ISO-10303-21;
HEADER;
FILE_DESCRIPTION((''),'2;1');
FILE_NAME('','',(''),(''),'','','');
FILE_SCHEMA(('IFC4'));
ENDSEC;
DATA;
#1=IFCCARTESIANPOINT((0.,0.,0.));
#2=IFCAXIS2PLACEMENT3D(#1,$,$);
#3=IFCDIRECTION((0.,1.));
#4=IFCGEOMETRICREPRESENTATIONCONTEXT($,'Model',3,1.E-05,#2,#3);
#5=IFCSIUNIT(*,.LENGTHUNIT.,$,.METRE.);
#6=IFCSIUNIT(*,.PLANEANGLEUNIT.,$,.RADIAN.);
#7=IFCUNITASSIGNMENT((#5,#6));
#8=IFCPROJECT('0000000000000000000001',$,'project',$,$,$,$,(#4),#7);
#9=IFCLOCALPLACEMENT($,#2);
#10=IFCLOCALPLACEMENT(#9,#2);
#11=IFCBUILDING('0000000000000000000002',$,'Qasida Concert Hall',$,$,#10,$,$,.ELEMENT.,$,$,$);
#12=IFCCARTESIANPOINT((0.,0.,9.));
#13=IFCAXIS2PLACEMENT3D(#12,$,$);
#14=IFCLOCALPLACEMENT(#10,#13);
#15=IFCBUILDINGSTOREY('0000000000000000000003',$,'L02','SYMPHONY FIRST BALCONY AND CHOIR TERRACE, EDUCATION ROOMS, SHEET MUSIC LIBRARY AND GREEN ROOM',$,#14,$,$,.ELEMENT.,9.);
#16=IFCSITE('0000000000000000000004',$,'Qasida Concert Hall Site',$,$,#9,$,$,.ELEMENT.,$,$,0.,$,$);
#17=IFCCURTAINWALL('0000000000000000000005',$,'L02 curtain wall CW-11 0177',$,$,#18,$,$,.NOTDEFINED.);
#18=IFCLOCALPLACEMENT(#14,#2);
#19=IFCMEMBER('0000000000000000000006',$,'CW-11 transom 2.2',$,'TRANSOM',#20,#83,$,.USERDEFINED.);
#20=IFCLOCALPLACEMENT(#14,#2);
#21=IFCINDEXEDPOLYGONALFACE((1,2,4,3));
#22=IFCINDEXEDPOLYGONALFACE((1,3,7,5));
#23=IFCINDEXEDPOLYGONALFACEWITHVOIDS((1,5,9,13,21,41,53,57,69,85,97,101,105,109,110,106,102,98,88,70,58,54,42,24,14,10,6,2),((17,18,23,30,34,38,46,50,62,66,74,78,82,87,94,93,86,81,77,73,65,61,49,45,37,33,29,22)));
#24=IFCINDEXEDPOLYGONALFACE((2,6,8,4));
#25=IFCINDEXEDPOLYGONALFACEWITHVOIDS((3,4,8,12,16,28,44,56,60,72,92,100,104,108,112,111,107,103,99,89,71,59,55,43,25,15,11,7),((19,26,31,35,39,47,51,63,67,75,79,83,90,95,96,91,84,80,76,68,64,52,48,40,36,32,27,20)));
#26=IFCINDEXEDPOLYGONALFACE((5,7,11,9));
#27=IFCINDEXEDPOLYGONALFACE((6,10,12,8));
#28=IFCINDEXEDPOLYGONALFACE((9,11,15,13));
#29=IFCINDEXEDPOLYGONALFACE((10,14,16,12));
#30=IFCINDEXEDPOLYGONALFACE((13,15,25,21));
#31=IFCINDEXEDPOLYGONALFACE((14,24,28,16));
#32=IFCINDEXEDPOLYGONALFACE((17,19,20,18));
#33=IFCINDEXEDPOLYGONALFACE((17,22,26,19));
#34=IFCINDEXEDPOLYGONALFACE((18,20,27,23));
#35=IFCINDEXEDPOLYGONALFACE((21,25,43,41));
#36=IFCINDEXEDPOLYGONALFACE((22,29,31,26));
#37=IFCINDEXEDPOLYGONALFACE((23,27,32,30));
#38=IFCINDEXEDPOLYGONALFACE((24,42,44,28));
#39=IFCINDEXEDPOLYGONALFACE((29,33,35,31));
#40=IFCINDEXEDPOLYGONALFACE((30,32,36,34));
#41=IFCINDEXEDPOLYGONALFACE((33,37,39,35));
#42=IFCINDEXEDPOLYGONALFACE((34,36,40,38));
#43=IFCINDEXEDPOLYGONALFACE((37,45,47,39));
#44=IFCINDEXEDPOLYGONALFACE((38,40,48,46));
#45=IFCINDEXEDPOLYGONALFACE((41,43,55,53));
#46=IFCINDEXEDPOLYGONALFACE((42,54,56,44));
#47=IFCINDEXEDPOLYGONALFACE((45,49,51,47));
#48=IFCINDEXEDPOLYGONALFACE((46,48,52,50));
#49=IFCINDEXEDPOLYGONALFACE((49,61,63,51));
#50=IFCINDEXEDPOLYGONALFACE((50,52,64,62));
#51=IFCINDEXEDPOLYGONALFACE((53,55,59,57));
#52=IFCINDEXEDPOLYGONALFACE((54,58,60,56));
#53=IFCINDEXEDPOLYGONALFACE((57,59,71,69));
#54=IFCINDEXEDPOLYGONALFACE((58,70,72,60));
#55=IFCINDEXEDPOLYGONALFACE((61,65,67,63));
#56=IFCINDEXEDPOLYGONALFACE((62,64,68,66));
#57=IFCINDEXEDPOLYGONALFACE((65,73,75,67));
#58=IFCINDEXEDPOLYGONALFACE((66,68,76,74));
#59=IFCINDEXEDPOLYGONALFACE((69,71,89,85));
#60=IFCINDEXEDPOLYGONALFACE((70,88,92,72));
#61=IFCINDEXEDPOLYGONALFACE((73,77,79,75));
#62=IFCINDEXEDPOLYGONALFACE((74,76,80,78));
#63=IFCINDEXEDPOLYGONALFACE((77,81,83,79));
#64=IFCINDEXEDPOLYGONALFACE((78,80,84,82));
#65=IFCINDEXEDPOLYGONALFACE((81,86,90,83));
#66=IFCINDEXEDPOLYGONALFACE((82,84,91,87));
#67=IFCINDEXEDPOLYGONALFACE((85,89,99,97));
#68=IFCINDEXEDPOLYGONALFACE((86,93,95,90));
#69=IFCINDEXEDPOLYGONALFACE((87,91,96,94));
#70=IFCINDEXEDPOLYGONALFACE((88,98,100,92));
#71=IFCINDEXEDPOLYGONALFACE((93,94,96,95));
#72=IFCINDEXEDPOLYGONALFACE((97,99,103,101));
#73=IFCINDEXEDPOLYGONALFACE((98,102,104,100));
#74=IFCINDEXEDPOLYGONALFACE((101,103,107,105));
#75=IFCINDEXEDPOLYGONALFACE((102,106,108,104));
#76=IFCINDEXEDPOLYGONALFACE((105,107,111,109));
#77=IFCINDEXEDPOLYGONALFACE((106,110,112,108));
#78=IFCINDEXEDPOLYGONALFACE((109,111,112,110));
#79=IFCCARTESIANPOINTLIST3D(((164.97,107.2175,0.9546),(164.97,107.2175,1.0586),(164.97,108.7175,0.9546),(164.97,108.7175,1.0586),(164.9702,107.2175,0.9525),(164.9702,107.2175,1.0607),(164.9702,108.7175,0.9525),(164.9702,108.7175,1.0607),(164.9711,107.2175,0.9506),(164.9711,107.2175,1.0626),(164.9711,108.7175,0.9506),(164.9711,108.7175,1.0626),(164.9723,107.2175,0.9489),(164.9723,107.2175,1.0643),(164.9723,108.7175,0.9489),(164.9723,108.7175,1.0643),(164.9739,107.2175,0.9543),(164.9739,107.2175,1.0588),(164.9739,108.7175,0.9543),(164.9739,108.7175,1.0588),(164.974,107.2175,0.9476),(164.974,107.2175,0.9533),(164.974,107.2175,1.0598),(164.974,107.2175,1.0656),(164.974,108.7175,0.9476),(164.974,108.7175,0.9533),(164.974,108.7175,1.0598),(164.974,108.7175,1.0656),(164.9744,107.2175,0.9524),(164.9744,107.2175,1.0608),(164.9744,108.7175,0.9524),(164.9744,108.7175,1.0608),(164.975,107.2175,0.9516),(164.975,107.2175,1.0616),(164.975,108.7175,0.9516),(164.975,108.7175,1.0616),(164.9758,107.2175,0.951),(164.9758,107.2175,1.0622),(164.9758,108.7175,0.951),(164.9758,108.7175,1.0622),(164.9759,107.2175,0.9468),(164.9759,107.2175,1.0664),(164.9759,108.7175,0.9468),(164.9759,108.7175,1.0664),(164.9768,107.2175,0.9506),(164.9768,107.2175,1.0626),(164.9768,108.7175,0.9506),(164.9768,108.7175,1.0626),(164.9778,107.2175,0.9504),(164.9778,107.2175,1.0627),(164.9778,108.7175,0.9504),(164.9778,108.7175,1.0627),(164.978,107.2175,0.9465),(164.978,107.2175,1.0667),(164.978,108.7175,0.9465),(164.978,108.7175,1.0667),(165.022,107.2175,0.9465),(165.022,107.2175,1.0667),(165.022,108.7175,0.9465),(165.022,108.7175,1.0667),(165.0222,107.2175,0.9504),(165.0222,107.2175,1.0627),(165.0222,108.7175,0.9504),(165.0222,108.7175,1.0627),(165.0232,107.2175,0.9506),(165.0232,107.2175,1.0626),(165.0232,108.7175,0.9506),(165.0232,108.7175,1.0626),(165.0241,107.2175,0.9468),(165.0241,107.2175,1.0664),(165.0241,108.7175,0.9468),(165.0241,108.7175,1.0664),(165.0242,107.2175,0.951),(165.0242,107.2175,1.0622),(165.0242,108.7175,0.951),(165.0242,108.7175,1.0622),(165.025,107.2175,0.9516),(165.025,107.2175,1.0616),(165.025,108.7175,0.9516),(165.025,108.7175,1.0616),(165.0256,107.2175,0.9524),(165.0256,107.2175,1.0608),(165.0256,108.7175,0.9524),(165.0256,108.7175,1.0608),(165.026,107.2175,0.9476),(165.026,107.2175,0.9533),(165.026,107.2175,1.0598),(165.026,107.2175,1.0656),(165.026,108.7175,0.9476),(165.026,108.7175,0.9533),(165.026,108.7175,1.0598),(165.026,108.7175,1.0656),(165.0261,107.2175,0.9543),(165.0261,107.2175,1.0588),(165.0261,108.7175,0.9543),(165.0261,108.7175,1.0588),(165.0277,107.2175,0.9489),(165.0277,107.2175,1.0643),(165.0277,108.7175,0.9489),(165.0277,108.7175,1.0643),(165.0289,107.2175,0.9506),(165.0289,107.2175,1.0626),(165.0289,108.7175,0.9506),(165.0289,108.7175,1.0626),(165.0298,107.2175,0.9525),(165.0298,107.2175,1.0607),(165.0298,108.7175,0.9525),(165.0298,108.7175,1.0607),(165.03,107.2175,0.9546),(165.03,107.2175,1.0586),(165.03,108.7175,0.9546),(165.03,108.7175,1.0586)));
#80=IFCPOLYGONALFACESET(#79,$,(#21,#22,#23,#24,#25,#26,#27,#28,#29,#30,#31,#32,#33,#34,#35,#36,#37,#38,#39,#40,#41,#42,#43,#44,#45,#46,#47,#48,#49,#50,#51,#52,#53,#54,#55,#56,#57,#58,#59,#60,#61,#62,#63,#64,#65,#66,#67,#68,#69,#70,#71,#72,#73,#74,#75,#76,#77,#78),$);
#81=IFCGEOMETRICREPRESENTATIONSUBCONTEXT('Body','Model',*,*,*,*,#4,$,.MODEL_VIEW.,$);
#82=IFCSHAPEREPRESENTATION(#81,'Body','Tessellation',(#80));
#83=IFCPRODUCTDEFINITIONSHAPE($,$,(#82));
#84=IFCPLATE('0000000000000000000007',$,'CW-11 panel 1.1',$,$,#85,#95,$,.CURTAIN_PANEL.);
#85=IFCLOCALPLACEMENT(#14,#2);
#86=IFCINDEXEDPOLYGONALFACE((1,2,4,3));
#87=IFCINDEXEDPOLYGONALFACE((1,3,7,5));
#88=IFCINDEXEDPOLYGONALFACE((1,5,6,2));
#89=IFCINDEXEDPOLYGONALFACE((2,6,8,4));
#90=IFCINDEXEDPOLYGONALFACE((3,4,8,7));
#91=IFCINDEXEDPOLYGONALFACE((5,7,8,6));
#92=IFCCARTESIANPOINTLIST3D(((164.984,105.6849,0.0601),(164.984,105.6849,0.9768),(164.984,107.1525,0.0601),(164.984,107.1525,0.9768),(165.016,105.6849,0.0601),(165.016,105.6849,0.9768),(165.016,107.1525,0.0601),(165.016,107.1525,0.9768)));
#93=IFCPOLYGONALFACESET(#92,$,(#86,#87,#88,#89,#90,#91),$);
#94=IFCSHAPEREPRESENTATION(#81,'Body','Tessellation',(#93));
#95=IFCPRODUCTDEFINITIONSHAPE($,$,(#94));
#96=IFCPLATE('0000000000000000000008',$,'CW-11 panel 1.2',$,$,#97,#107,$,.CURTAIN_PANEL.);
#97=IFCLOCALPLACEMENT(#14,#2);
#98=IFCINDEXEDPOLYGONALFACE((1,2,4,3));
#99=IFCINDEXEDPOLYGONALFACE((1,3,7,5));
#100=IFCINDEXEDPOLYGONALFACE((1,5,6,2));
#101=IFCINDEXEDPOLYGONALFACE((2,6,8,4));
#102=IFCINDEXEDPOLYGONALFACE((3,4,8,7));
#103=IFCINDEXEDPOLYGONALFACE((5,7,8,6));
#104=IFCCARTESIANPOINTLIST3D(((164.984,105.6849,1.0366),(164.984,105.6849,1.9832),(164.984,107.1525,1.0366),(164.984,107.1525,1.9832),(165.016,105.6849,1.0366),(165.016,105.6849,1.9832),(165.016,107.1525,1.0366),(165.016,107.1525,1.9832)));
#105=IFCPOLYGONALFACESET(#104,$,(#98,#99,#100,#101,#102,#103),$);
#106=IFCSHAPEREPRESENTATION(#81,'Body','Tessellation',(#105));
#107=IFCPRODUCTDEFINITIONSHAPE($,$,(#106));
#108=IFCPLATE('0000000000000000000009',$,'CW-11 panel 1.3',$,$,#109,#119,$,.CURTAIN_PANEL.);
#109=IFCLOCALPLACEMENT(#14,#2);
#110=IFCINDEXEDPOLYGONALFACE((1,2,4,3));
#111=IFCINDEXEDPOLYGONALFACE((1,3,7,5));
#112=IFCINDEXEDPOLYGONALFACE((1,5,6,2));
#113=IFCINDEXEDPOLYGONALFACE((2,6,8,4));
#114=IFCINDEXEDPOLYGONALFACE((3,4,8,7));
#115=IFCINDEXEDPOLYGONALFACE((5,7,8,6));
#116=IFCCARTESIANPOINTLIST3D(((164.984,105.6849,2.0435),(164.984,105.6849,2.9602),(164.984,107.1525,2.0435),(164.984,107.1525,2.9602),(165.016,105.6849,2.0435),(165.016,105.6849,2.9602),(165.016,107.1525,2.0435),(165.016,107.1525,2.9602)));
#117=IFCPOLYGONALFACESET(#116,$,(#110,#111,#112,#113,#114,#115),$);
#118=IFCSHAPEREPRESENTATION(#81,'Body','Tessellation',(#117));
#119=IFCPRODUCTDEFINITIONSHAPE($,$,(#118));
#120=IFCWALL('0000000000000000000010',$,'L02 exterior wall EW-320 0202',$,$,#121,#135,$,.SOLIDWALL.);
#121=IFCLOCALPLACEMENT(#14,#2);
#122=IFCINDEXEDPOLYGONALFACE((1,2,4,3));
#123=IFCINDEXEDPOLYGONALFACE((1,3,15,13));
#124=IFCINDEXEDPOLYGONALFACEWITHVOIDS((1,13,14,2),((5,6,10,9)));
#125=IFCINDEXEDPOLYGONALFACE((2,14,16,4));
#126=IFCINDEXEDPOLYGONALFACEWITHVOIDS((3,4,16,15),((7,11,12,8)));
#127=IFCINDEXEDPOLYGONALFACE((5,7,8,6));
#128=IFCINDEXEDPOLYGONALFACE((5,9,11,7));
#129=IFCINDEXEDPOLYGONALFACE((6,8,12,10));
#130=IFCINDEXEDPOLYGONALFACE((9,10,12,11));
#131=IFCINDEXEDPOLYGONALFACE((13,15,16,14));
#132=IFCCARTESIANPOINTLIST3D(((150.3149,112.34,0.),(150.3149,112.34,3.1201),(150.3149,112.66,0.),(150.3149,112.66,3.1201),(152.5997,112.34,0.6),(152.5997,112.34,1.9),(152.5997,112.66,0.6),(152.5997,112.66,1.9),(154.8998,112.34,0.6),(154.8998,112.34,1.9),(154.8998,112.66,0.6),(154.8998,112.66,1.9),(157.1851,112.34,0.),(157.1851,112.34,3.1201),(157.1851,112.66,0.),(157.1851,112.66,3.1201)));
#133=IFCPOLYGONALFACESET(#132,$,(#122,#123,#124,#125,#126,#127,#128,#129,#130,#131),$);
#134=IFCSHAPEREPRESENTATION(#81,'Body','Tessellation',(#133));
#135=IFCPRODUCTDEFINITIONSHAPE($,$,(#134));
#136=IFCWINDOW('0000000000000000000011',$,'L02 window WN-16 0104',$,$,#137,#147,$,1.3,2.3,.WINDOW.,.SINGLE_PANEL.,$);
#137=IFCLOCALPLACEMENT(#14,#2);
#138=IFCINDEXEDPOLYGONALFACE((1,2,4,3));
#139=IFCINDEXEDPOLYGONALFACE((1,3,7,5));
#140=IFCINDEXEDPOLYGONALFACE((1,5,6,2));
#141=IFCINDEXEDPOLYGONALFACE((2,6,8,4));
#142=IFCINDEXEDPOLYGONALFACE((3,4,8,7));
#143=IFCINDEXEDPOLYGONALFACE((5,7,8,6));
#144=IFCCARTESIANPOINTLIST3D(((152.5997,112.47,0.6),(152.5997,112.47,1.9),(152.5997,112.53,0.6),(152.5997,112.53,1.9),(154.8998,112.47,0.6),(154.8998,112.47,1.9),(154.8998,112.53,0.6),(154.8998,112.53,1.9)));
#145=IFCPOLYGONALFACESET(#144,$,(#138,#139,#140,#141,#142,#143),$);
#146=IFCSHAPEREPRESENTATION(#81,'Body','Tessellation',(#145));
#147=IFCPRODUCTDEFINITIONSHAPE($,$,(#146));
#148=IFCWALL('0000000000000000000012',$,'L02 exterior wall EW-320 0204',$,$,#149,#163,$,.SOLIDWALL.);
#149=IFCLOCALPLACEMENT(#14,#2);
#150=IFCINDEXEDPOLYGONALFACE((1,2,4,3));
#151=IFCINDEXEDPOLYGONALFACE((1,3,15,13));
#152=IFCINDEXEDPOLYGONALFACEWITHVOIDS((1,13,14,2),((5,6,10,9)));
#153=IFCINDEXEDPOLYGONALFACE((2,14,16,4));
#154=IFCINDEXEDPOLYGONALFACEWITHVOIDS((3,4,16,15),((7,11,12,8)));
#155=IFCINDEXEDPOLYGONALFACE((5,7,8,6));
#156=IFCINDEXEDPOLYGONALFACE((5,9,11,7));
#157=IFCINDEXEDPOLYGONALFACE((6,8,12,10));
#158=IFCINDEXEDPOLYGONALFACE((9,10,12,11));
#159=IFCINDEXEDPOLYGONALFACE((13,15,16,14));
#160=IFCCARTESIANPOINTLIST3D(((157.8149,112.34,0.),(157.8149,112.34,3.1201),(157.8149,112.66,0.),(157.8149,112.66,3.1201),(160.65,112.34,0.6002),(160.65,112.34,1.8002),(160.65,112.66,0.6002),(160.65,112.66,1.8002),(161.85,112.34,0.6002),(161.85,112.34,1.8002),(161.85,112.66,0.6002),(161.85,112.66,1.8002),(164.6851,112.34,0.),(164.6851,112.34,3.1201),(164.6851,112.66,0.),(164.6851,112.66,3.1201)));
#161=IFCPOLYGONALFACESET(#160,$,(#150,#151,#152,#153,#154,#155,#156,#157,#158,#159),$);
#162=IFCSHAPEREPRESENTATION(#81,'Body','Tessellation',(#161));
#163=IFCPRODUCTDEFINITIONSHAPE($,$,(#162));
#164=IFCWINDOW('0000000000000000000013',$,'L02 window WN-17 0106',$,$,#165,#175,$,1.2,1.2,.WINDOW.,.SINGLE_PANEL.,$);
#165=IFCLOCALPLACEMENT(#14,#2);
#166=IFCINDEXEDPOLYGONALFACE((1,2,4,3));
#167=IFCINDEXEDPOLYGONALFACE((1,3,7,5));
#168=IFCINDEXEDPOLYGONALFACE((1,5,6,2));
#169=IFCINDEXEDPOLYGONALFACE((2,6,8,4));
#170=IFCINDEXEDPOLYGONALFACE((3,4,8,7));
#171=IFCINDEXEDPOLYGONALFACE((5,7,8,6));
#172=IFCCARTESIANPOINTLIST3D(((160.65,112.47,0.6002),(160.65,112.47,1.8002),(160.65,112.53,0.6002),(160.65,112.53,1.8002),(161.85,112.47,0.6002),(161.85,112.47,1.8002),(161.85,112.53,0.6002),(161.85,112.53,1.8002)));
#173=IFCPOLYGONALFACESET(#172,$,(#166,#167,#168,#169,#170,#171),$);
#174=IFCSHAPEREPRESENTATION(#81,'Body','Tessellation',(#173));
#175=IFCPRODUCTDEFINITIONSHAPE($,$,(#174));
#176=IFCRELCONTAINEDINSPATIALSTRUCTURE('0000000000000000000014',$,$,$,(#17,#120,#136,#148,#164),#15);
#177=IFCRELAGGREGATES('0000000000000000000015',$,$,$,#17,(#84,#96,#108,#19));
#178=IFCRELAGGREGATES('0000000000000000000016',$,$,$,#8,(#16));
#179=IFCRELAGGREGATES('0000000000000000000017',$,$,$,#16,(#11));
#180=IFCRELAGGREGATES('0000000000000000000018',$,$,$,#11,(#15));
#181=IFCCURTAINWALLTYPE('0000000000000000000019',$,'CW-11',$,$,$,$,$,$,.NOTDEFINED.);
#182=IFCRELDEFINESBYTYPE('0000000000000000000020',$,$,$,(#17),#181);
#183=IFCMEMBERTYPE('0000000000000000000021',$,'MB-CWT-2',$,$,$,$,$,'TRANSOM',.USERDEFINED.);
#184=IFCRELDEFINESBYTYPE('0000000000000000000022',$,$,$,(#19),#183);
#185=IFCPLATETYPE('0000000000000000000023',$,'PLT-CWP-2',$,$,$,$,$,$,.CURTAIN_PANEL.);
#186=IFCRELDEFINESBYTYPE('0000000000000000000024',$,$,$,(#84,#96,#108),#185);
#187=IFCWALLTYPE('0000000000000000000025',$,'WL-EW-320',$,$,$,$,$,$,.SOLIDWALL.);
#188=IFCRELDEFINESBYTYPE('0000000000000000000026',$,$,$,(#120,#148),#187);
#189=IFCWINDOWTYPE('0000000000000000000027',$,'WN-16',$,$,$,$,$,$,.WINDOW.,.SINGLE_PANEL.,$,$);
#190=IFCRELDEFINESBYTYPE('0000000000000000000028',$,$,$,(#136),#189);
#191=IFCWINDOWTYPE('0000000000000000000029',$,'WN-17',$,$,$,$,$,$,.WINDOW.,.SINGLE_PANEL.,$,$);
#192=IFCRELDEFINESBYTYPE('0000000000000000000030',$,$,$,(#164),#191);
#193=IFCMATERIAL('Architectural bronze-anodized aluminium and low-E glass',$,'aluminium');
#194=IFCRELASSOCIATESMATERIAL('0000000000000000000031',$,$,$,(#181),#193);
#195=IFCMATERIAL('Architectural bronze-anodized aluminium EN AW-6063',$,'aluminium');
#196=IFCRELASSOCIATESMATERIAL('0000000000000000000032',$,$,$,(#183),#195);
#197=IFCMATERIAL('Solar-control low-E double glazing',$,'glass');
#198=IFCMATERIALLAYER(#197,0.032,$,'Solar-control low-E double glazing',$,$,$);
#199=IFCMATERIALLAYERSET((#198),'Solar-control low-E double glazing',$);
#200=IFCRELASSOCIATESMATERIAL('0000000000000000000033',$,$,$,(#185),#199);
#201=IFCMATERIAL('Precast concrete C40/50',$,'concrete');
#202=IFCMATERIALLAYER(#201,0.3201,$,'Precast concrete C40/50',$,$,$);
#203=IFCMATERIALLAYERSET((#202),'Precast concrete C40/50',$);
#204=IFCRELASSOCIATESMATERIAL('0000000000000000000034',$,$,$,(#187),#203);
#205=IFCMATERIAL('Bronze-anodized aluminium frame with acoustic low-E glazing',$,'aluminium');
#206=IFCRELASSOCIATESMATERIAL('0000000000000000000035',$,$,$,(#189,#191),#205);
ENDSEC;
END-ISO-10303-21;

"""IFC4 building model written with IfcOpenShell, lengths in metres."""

from ifc_helpers import new_model, si_unit, direction, frame, frame_2d, origin, origin_2d, place, context, subcontext, project, spatial, rectangle, hollow_rectangle, extrude, material, layer, layer_set, material_profile, profile_set, type_object, element, fill, aggregate, save


model = new_model("IFC4")

# Units and contexts
model_context = context("Model", 3, precision=1e-05, world=origin(), true_north=direction((0.0, 1.0)))
body_context = subcontext(model_context, "Body", "Model", "MODEL_VIEW")
ifc_project = project(units=[si_unit("LENGTHUNIT", "METRE"), si_unit("PLANEANGLEUNIT", "RADIAN")], contexts=[model_context])

# Site, building, storey
site_placement = place(None, origin())
site = spatial("IfcSite", under=ifc_project, at=site_placement, Name="Qasida Concert Hall Site", CompositionType="ELEMENT", RefElevation=0.0)
building_placement = place(site_placement, origin())
building = spatial("IfcBuilding", under=site, at=building_placement, Name="Qasida Concert Hall", CompositionType="ELEMENT")
storey_placement = place(building_placement, frame((0.0, 0.0, 9.0)))
storey = spatial("IfcBuildingStorey", under=building, at=storey_placement, Name="L02", Description="SYMPHONY FIRST BALCONY AND CHOIR TERRACE, EDUCATION ROOMS, SHEET MUSIC LIBRARY AND GREEN ROOM", CompositionType="ELEMENT", Elevation=9.0)

# Curtain wall, member, plates
ifc_material_1 = material(Name="Architectural bronze-anodized aluminium and low-E glass", Category="aluminium")
curtain_wall_type = type_object("IfcCurtainWallType", Name="CW-11", PredefinedType="NOTDEFINED", material=ifc_material_1)
curtain_wall_placement = place(storey_placement, origin())
curtain_wall = element("IfcCurtainWall", 1, at=curtain_wall_placement, inside=storey, type_object=curtain_wall_type, Name="L02 curtain wall CW-11 0177", PredefinedType="NOTDEFINED")
ifc_material_2 = material(Name="Architectural bronze-anodized aluminium EN AW-6063", Category="aluminium")
ifc_material_profile_1 = material_profile(ifc_material_2, hollow_rectangle(XDim=0.0601, YDim=0.1201, WallThickness=0.0039, InnerFilletRadius=0.0039, OuterFilletRadius=0.0081, at=origin_2d()), Name="CWT 120x60x4")
ifc_profile_set_1 = profile_set([ifc_material_profile_1], Name="Architectural bronze-anodized aluminium EN AW-6063")
member_type_1 = type_object("IfcMemberType", Name="MB-CWT-2", ElementType="TRANSOM", PredefinedType="USERDEFINED", material=ifc_profile_set_1)
member_1_placement = place(storey_placement, frame((165.0, 107.2175, 1.0066), z_axis=(0.0, 1.0, 0.0), x_axis=(-1.0, 0.0, 0.0)))
member_1 = element("IfcMember", 2, at=member_1_placement, type_object=member_type_1, Name="CW-11 transom 2.2", ObjectType="TRANSOM", PredefinedType="USERDEFINED", context=body_context, shape_type="SweptSolid", body=[
    extrude(hollow_rectangle(XDim=0.0601, YDim=0.1201, WallThickness=0.0039, InnerFilletRadius=0.0039, OuterFilletRadius=0.0081, at=origin_2d()), origin(), (0.0, 0.0, 1.0), 1.5),
])
ifc_material_3 = material(Name="Solar-control low-E double glazing", Category="glass")
ifc_layer_1 = layer(ifc_material_3, 0.032, Name="Solar-control low-E double glazing")
ifc_layer_set_1 = layer_set([ifc_layer_1], Name="Solar-control low-E double glazing")
plate_type = type_object("IfcPlateType", Name="PLT-CWP-2", PredefinedType="CURTAIN_PANEL", material=ifc_layer_set_1)
plate_1_placement = place(storey_placement, frame((165.0, 106.4187, 0.0601), z_axis=(0.0, 0.0, 1.0), x_axis=(0.0, 1.0, 0.0)))
plate_1 = element("IfcPlate", 3, at=plate_1_placement, type_object=plate_type, Name="CW-11 panel 1.1", PredefinedType="CURTAIN_PANEL", context=body_context, shape_type="SweptSolid", body=[
    extrude(rectangle(XDim=1.4675, YDim=0.032, at=origin_2d()), origin(), (0.0, 0.0, 1.0), 0.9167),
])
plate_2_placement = place(storey_placement, frame((165.0, 106.4187, 1.0366), z_axis=(0.0, 0.0, 1.0), x_axis=(0.0, 1.0, 0.0)))
plate_2 = element("IfcPlate", 4, at=plate_2_placement, type_object=plate_type, Name="CW-11 panel 1.2", PredefinedType="CURTAIN_PANEL", context=body_context, shape_type="SweptSolid", body=[
    extrude(rectangle(XDim=1.4675, YDim=0.032, at=origin_2d()), origin(), (0.0, 0.0, 1.0), 0.9465),
])
plate_3_placement = place(storey_placement, frame((165.0, 106.4187, 2.0435), z_axis=(0.0, 0.0, 1.0), x_axis=(0.0, 1.0, 0.0)))
plate_3 = element("IfcPlate", 5, at=plate_3_placement, type_object=plate_type, Name="CW-11 panel 1.3", PredefinedType="CURTAIN_PANEL", context=body_context, shape_type="SweptSolid", body=[
    extrude(rectangle(XDim=1.4675, YDim=0.032, at=origin_2d()), origin(), (0.0, 0.0, 1.0), 0.9167),
])
aggregate(curtain_wall, [plate_1, plate_2, plate_3, member_1])

# Walls, openings, windows
ifc_material_4 = material(Name="Precast concrete C40/50", Category="concrete")
ifc_layer_2 = layer(ifc_material_4, 0.3201, Name="Precast concrete C40/50")
ifc_layer_set_2 = layer_set([ifc_layer_2], Name="Precast concrete C40/50")
wall_type = type_object("IfcWallType", Name="WL-EW-320", PredefinedType="SOLIDWALL", material=ifc_layer_set_2)
wall_1_placement = place(storey_placement, frame((150.3149, 112.5, 0.0), z_axis=(0.0, 0.0, 1.0), x_axis=(1.0, 0.0, 0.0)))
wall_1 = element("IfcWall", 6, at=wall_1_placement, inside=storey, type_object=wall_type, Name="L02 exterior wall EW-320 0202", PredefinedType="SOLIDWALL", context=body_context, shape_type="SweptSolid", body=[
    extrude(rectangle(XDim=6.8701, YDim=0.3201, at=frame_2d((3.4351, 0.0))), origin(), (0.0, 0.0, 1.0), 3.1201),
])
opening_1_placement = place(wall_1_placement, frame((2.2849, 0.0, 0.6001)))
opening_1 = element("IfcOpeningElement", 7, at=opening_1_placement, cuts=wall_1, PredefinedType="OPENING", context=body_context, shape_type="SweptSolid", body=[
    extrude(rectangle(XDim=2.3, YDim=1.3, at=frame_2d((1.1499, 0.6499))), frame((0.0, 0.1699, 0.0), z_axis=(0.0, -1.0, 0.0), x_axis=(1.0, 0.0, 0.0)), (0.0, 0.0, 1.0), 0.3401),
])
ifc_material_5 = material(Name="Bronze-anodized aluminium frame with acoustic low-E glazing", Category="aluminium")
window_type_1 = type_object("IfcWindowType", Name="WN-16", PartitioningType="SINGLE_PANEL", PredefinedType="WINDOW", material=ifc_material_5)
window_1_placement = place(opening_1_placement, origin())
window_1 = element("IfcWindow", 8, at=window_1_placement, inside=storey, type_object=window_type_1, Name="L02 window WN-16 0104", OverallHeight=1.3, OverallWidth=2.3, PartitioningType="SINGLE_PANEL", PredefinedType="WINDOW", context=body_context, shape_type="SweptSolid", body=[
    extrude(rectangle(XDim=2.3, YDim=1.3, at=frame_2d((1.1499, 0.6499))), frame((0.0, 0.03, 0.0), z_axis=(0.0, -1.0, 0.0), x_axis=(1.0, 0.0, 0.0)), (0.0, 0.0, 1.0), 0.0601),
])
fill(opening_1, window_1)
wall_2_placement = place(storey_placement, frame((157.8149, 112.5, 0.0), z_axis=(0.0, 0.0, 1.0), x_axis=(1.0, 0.0, 0.0)))
wall_2 = element("IfcWall", 9, at=wall_2_placement, inside=storey, type_object=wall_type, Name="L02 exterior wall EW-320 0204", PredefinedType="SOLIDWALL", context=body_context, shape_type="SweptSolid", body=[
    extrude(rectangle(XDim=6.8701, YDim=0.3201, at=frame_2d((3.4351, 0.0))), origin(), (0.0, 0.0, 1.0), 3.1201),
])
opening_2_placement = place(wall_2_placement, frame((2.835, 0.0, 0.6001)))
opening_2 = element("IfcOpeningElement", 10, at=opening_2_placement, cuts=wall_2, PredefinedType="OPENING", context=body_context, shape_type="SweptSolid", body=[
    extrude(rectangle(XDim=1.2, YDim=1.2, at=frame_2d((0.6001, 0.6001))), frame((0.0, 0.1699, 0.0), z_axis=(0.0, -1.0, 0.0), x_axis=(1.0, 0.0, 0.0)), (0.0, 0.0, 1.0), 0.3401),
])
window_type_2 = type_object("IfcWindowType", Name="WN-17", PartitioningType="SINGLE_PANEL", PredefinedType="WINDOW", material=ifc_material_5)
window_2_placement = place(opening_2_placement, origin())
window_2 = element("IfcWindow", 11, at=window_2_placement, inside=storey, type_object=window_type_2, Name="L02 window WN-17 0106", OverallHeight=1.2, OverallWidth=1.2, PartitioningType="SINGLE_PANEL", PredefinedType="WINDOW", context=body_context, shape_type="SweptSolid", body=[
    extrude(rectangle(XDim=1.2, YDim=1.2, at=frame_2d((0.6001, 0.6001))), frame((0.0, 0.03, 0.0), z_axis=(0.0, -1.0, 0.0), x_axis=(1.0, 0.0, 0.0)), (0.0, 0.0, 1.0), 0.0601),
])
fill(opening_2, window_2)

save(model, "model.ifc")
